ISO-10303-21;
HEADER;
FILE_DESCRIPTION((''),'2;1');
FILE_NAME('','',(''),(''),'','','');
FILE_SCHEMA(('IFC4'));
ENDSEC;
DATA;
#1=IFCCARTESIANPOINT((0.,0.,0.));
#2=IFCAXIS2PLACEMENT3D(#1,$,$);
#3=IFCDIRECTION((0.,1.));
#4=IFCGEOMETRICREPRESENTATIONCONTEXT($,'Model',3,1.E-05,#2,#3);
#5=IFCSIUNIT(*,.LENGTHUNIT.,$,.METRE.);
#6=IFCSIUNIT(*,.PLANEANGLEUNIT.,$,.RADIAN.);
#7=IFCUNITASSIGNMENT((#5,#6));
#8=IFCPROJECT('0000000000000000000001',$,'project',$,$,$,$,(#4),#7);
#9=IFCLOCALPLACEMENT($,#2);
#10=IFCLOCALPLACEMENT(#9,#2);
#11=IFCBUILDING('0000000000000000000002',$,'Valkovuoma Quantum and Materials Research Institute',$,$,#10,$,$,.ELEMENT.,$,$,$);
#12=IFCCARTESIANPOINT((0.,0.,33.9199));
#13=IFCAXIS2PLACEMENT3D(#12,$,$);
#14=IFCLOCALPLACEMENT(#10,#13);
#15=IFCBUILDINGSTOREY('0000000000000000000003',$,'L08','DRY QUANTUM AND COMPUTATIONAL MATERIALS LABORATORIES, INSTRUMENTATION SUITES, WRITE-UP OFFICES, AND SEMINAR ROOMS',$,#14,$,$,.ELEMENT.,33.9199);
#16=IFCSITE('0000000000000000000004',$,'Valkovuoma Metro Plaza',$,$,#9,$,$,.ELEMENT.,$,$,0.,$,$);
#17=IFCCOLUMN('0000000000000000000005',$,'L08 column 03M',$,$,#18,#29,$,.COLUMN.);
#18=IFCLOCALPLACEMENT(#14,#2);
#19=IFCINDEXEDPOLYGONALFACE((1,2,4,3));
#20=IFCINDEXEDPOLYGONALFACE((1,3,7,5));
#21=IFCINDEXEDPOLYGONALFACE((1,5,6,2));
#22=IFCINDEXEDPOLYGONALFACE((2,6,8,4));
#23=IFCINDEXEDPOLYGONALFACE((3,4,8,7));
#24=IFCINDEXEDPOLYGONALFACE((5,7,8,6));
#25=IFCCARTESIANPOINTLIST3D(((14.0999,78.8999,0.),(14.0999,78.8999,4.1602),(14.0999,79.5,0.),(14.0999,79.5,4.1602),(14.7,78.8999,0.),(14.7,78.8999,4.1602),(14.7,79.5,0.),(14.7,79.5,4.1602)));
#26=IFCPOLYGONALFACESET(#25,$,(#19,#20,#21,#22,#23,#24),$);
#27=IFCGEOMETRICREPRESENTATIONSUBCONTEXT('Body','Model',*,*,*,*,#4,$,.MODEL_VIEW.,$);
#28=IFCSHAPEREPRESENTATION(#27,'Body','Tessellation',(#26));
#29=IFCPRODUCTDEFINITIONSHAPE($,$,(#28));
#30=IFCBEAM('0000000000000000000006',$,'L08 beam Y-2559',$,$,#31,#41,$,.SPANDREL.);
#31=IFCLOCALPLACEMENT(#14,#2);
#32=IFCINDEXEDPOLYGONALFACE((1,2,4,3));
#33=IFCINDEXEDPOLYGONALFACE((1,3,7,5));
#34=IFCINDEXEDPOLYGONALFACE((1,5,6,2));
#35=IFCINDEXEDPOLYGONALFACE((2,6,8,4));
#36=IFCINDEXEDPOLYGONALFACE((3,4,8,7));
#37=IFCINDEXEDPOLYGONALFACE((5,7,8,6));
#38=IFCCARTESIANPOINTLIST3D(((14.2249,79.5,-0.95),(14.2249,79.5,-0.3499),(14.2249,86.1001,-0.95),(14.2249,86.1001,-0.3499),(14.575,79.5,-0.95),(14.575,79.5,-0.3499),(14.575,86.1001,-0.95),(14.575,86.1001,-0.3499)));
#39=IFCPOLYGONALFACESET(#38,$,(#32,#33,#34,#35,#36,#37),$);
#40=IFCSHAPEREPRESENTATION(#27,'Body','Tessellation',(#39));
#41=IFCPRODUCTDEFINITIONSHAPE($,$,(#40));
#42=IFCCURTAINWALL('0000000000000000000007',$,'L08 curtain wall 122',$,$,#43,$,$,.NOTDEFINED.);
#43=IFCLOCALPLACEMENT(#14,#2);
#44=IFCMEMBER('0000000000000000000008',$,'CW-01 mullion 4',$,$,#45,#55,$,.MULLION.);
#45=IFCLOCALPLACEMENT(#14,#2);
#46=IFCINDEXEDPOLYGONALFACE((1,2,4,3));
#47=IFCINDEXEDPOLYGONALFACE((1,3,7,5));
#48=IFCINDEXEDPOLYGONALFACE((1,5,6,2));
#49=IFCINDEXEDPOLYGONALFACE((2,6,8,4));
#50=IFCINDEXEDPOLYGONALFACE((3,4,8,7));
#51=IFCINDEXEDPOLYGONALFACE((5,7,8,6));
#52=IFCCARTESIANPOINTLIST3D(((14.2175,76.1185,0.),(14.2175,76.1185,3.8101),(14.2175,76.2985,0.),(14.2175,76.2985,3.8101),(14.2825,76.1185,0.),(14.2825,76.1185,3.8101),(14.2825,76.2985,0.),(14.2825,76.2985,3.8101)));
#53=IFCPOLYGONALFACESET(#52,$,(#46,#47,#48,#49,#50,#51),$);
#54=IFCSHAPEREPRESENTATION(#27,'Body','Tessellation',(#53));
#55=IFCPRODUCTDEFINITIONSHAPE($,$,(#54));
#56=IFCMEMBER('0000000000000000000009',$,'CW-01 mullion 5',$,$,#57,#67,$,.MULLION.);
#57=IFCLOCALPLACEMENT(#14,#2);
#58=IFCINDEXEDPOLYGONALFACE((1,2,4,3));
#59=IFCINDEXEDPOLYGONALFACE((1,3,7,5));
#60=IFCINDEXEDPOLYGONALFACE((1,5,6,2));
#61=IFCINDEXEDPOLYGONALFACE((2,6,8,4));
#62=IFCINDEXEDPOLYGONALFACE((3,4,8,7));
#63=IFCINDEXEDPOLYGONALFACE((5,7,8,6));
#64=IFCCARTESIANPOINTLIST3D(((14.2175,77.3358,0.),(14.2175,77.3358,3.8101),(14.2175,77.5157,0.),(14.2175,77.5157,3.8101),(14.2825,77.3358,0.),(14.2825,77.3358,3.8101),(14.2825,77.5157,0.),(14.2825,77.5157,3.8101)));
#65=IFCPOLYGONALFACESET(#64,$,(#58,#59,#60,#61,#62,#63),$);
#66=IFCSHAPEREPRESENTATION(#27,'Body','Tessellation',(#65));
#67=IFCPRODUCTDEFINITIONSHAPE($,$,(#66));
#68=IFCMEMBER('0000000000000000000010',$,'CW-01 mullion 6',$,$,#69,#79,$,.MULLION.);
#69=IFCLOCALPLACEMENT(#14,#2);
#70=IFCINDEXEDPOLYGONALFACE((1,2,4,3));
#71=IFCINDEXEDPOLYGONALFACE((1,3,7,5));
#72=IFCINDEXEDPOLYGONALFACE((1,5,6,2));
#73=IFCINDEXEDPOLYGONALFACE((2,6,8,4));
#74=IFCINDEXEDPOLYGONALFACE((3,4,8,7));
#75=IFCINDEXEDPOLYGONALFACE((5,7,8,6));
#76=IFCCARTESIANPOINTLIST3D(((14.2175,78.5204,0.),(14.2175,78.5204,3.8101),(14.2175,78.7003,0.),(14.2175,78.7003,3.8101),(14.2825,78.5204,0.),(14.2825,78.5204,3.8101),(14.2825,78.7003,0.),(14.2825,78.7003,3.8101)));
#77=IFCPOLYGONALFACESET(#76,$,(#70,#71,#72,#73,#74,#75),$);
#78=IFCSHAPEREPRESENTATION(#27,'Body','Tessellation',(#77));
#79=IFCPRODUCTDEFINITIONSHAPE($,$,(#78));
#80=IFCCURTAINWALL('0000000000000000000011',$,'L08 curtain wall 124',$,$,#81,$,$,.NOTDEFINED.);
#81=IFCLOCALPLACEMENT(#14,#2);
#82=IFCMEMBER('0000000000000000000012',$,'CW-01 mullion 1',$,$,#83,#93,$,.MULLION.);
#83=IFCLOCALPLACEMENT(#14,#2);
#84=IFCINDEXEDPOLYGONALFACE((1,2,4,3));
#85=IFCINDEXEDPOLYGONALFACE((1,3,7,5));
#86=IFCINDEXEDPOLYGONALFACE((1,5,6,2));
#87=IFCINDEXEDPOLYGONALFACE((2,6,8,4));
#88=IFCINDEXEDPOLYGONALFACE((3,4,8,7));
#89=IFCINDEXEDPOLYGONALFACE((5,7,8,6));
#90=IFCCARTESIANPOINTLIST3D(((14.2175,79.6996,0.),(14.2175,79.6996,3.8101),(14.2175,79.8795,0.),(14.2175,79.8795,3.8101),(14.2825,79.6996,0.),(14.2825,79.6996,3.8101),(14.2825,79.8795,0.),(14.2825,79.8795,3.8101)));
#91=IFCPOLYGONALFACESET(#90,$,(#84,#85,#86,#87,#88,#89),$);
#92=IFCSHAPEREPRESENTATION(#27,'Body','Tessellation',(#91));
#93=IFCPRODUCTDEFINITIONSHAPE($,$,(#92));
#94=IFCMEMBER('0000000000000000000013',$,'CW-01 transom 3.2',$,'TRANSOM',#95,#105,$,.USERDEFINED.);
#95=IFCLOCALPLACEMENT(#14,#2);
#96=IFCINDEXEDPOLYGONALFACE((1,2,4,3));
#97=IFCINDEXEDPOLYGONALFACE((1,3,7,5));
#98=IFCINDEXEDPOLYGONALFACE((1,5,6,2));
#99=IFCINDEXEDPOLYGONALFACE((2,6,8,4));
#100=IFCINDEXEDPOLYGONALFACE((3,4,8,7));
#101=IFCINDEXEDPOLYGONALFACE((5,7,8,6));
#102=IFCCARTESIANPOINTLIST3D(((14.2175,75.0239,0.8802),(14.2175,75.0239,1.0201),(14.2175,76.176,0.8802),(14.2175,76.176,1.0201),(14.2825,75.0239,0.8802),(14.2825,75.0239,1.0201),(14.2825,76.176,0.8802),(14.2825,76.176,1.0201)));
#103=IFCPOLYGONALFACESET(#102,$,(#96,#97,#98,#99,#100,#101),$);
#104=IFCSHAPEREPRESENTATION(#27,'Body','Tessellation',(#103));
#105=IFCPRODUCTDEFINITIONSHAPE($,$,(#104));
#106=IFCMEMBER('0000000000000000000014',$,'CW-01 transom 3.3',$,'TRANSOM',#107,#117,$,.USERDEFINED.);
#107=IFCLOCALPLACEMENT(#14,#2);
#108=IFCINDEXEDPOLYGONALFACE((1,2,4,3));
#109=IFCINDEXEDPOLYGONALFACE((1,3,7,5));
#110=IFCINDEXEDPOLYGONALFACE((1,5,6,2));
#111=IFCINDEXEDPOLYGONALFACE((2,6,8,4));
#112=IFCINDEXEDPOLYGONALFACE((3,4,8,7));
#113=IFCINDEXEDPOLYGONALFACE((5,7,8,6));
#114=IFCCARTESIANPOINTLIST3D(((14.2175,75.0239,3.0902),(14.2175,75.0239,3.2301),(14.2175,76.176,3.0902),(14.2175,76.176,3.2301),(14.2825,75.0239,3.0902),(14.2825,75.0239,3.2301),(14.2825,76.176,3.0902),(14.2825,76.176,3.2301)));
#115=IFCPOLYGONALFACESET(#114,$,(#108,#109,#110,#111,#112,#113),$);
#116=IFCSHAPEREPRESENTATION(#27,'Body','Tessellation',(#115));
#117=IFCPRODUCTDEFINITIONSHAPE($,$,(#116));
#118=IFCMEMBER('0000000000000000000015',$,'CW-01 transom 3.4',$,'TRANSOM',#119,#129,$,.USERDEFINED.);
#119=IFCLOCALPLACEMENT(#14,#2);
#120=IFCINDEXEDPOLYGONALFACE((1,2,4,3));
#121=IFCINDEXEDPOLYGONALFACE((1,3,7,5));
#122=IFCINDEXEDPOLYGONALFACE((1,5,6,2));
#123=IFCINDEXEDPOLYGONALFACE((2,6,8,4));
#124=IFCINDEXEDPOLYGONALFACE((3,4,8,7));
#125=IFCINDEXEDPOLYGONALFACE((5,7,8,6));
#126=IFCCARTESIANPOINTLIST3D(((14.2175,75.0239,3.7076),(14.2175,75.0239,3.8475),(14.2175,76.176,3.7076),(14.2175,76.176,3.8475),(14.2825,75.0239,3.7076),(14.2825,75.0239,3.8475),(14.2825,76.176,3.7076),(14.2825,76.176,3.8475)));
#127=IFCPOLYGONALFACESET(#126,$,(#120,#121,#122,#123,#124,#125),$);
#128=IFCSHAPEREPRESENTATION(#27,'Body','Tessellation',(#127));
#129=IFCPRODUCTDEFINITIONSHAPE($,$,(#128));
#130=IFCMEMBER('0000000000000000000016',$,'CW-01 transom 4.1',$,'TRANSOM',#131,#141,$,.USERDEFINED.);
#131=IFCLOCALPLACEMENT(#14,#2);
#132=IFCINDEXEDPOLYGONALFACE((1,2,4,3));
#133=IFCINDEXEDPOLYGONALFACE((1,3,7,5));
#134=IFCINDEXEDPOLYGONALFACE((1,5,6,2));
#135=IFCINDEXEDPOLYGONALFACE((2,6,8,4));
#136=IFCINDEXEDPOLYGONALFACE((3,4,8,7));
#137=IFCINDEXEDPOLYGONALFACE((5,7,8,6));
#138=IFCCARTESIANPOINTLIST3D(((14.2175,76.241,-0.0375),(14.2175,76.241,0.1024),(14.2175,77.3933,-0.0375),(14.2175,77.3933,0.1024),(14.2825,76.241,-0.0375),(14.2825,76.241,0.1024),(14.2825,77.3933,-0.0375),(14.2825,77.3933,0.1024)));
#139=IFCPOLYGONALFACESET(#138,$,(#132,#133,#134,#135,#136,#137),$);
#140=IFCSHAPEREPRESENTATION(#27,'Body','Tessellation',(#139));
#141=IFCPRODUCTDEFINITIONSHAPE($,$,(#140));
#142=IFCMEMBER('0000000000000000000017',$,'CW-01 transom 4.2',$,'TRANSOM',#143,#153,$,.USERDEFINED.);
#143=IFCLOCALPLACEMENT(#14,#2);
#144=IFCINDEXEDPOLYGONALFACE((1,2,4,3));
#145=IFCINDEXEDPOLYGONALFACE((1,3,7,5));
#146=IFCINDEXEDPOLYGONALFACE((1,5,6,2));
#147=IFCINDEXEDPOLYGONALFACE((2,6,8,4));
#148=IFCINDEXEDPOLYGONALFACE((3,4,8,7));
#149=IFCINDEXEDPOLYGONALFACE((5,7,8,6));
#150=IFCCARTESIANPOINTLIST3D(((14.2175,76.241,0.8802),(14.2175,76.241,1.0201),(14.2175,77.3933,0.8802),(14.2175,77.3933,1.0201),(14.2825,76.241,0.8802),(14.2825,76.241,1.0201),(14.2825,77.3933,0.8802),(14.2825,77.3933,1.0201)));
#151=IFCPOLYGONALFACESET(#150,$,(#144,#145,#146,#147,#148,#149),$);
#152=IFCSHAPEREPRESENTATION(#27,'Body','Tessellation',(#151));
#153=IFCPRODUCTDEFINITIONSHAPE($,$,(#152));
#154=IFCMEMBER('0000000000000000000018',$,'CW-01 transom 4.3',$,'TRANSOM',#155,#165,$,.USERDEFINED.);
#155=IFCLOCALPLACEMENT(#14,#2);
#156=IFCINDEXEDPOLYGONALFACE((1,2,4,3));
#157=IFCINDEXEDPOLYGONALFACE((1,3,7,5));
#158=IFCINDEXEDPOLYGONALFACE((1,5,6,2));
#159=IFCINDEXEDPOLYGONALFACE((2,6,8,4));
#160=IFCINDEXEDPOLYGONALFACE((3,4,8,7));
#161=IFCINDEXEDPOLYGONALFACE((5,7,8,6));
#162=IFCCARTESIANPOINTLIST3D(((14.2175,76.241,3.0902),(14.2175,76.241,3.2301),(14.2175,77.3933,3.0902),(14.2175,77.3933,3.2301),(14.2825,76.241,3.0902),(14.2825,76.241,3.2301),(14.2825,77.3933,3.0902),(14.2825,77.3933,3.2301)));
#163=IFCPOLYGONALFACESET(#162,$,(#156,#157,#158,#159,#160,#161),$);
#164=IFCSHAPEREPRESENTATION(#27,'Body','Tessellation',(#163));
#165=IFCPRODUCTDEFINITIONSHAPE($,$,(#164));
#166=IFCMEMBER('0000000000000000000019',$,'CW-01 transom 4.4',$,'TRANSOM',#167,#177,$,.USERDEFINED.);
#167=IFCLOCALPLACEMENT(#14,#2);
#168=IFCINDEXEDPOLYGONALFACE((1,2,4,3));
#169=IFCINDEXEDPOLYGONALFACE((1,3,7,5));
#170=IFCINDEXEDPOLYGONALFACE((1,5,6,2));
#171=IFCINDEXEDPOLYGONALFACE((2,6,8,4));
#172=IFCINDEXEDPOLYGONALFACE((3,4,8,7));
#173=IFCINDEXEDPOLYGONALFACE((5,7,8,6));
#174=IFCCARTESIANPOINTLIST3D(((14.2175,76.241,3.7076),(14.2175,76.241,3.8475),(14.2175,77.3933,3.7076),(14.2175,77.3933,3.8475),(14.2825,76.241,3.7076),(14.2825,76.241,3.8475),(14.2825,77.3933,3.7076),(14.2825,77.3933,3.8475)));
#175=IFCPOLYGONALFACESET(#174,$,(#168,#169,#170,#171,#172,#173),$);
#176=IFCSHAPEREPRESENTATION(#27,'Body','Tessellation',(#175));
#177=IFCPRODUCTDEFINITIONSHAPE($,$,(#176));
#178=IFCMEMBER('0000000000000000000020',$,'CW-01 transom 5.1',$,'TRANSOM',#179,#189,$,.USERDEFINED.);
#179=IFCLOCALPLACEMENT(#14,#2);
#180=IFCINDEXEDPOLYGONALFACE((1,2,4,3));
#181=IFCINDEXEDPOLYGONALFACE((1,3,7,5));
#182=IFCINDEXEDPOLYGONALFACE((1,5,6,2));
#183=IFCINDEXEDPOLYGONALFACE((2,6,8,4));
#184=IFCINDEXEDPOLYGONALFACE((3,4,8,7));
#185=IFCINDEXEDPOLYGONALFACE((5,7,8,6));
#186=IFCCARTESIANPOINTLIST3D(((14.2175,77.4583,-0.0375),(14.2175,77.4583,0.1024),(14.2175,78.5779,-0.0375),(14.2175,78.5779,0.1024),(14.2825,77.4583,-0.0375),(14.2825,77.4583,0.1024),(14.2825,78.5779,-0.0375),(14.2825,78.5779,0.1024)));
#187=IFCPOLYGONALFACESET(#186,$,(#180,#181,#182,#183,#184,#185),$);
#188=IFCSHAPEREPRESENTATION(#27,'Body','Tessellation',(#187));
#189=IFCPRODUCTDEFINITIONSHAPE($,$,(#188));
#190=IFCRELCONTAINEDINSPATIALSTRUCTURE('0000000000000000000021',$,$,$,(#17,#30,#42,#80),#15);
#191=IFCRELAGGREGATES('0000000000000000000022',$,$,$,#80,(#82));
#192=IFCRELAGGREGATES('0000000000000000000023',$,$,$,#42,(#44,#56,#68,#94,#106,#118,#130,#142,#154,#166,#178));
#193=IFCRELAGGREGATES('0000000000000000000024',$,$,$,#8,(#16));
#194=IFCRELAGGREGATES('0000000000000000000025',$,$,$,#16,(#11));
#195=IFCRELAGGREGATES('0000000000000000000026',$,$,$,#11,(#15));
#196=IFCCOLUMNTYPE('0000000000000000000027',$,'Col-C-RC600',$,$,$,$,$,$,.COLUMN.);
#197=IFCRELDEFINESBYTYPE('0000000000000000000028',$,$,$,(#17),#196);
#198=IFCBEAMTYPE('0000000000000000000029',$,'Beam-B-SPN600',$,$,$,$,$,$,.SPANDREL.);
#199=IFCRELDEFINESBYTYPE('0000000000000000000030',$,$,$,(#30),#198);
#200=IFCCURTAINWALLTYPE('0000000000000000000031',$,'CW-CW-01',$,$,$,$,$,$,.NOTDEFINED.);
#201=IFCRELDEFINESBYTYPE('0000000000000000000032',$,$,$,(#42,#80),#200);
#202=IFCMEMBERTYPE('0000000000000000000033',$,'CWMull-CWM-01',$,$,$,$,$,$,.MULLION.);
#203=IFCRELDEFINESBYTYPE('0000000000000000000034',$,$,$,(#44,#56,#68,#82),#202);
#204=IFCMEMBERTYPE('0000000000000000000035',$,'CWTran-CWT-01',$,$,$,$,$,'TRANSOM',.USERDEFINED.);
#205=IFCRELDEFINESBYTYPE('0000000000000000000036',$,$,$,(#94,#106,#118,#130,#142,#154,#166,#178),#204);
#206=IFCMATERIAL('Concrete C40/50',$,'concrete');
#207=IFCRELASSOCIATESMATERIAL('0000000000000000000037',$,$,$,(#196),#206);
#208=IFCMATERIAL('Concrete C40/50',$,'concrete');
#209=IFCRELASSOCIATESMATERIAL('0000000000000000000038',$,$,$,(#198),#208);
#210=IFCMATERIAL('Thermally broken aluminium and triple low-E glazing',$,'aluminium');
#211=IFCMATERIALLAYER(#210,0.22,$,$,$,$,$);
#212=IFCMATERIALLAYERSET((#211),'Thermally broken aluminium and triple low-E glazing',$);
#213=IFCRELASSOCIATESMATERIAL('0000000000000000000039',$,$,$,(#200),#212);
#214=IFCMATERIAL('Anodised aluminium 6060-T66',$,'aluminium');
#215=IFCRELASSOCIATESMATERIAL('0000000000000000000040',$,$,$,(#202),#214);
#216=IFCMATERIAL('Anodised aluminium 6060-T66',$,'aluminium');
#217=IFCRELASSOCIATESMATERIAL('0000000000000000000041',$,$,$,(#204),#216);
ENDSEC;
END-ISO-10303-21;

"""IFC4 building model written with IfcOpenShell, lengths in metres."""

from ifc_helpers import new_model, si_unit, direction, frame, origin, origin_2d, place, context, subcontext, project, spatial, rectangle, extrude, material, layer, layer_set, material_profile, profile_set, type_object, element, aggregate, save


model = new_model("IFC4")

# Units and contexts
model_context = context("Model", 3, precision=1e-05, world=origin(), true_north=direction((0.0, 1.0)))
body_context = subcontext(model_context, "Body", "Model", "MODEL_VIEW")
ifc_project = project(units=[si_unit("LENGTHUNIT", "METRE"), si_unit("PLANEANGLEUNIT", "RADIAN")], contexts=[model_context])

# Site, building, storey
site_placement = place(None, origin())
site = spatial("IfcSite", under=ifc_project, at=site_placement, Name="Valkovuoma Metro Plaza", CompositionType="ELEMENT", RefElevation=0.0)
building_placement = place(site_placement, origin())
building = spatial("IfcBuilding", under=site, at=building_placement, Name="Valkovuoma Quantum and Materials Research Institute", CompositionType="ELEMENT")
storey_placement = place(building_placement, frame((0.0, 0.0, 33.9199)))
storey = spatial("IfcBuildingStorey", under=building, at=storey_placement, Name="L08", Description="DRY QUANTUM AND COMPUTATIONAL MATERIALS LABORATORIES, INSTRUMENTATION SUITES, WRITE-UP OFFICES, AND SEMINAR ROOMS", CompositionType="ELEMENT", Elevation=33.9199)

# Column
ifc_material_1 = material(Name="Concrete C40/50", Category="concrete")
ifc_material_profile_1 = material_profile(ifc_material_1, rectangle(XDim=0.6001, YDim=0.6001, at=origin_2d()), Name="Concrete C40/50")
ifc_profile_set_1 = profile_set([ifc_material_profile_1], Name="Concrete C40/50")
column_type = type_object("IfcColumnType", Name="Col-C-RC600", PredefinedType="COLUMN", material=ifc_profile_set_1)
column_placement = place(storey_placement, frame((14.3999, 79.2, 0.0), z_axis=(0.0, 0.0, 1.0), x_axis=(1.0, 0.0, 0.0)))
element("IfcColumn", 1, at=column_placement, inside=storey, type_object=column_type, Name="L08 column 03M", PredefinedType="COLUMN", context=body_context, shape_type="SweptSolid", body=[
    extrude(rectangle(XDim=0.6001, YDim=0.6001, at=origin_2d()), origin(), (0.0, 0.0, 1.0), 4.1602),
])

# Beam
ifc_material_2 = material(Name="Concrete C40/50", Category="concrete")
ifc_material_profile_2 = material_profile(ifc_material_2, rectangle(XDim=0.3501, YDim=0.6001, at=origin_2d()), Name="Concrete C40/50")
ifc_profile_set_2 = profile_set([ifc_material_profile_2], Name="Concrete C40/50")
beam_type = type_object("IfcBeamType", Name="Beam-B-SPN600", PredefinedType="SPANDREL", material=ifc_profile_set_2)
beam_placement = place(storey_placement, frame((14.3999, 79.5, -0.6499), z_axis=(0.0, 1.0, 0.0), x_axis=(-1.0, 0.0, 0.0)))
element("IfcBeam", 2, at=beam_placement, inside=storey, type_object=beam_type, Name="L08 beam Y-2559", PredefinedType="SPANDREL", context=body_context, shape_type="SweptSolid", body=[
    extrude(rectangle(XDim=0.3501, YDim=0.6001, at=origin_2d()), origin(), (0.0, 0.0, 1.0), 6.6001),
])

# Curtain wall, members
ifc_material_3 = material(Name="Thermally broken aluminium and triple low-E glazing", Category="aluminium")
ifc_layer_1 = layer(ifc_material_3, 0.22)
ifc_layer_set_1 = layer_set([ifc_layer_1], Name="Thermally broken aluminium and triple low-E glazing")
curtain_wall_type = type_object("IfcCurtainWallType", Name="CW-CW-01", PredefinedType="NOTDEFINED", material=ifc_layer_set_1)
curtain_wall_1_placement = place(storey_placement, origin())
curtain_wall_1 = element("IfcCurtainWall", 3, at=curtain_wall_1_placement, inside=storey, type_object=curtain_wall_type, Name="L08 curtain wall 122", PredefinedType="NOTDEFINED")
ifc_material_4 = material(Name="Anodised aluminium 6060-T66", Category="aluminium")
ifc_material_profile_3 = material_profile(ifc_material_4, rectangle(XDim=0.0649, YDim=0.1799, at=origin_2d()), Name="Anodised aluminium 6060-T66")
ifc_profile_set_3 = profile_set([ifc_material_profile_3], Name="Anodised aluminium 6060-T66")
member_type_1 = type_object("IfcMemberType", Name="CWMull-CWM-01", PredefinedType="MULLION", material=ifc_profile_set_3)
member_1_placement = place(storey_placement, frame((14.25, 76.2085, 0.0), z_axis=(0.0, 0.0, 1.0), x_axis=(-1.0, 0.0, 0.0)))
member_1 = element("IfcMember", 4, at=member_1_placement, type_object=member_type_1, Name="CW-01 mullion 4", PredefinedType="MULLION", context=body_context, shape_type="SweptSolid", body=[
    extrude(rectangle(XDim=0.0649, YDim=0.1799, at=origin_2d()), origin(), (0.0, 0.0, 1.0), 3.8101),
])
member_2_placement = place(storey_placement, frame((14.25, 77.4258, 0.0), z_axis=(0.0, 0.0, 1.0), x_axis=(-1.0, 0.0, 0.0)))
member_2 = element("IfcMember", 5, at=member_2_placement, type_object=member_type_1, Name="CW-01 mullion 5", PredefinedType="MULLION", context=body_context, shape_type="SweptSolid", body=[
    extrude(rectangle(XDim=0.0649, YDim=0.1799, at=origin_2d()), origin(), (0.0, 0.0, 1.0), 3.8101),
])
member_3_placement = place(storey_placement, frame((14.25, 78.6104, 0.0), z_axis=(0.0, 0.0, 1.0), x_axis=(-1.0, 0.0, 0.0)))
member_3 = element("IfcMember", 6, at=member_3_placement, type_object=member_type_1, Name="CW-01 mullion 6", PredefinedType="MULLION", context=body_context, shape_type="SweptSolid", body=[
    extrude(rectangle(XDim=0.0649, YDim=0.1799, at=origin_2d()), origin(), (0.0, 0.0, 1.0), 3.8101),
])

# Curtain wall, member
curtain_wall_2_placement = place(storey_placement, origin())
curtain_wall_2 = element("IfcCurtainWall", 7, at=curtain_wall_2_placement, inside=storey, type_object=curtain_wall_type, Name="L08 curtain wall 124", PredefinedType="NOTDEFINED")
member_4_placement = place(storey_placement, frame((14.25, 79.7896, 0.0), z_axis=(0.0, 0.0, 1.0), x_axis=(-1.0, 0.0, 0.0)))
member_4 = element("IfcMember", 8, at=member_4_placement, type_object=member_type_1, Name="CW-01 mullion 1", PredefinedType="MULLION", context=body_context, shape_type="SweptSolid", body=[
    extrude(rectangle(XDim=0.0649, YDim=0.1799, at=origin_2d()), origin(), (0.0, 0.0, 1.0), 3.8101),
])
aggregate(curtain_wall_2, [member_4])

# Members
ifc_material_5 = material(Name="Anodised aluminium 6060-T66", Category="aluminium")
ifc_material_profile_4 = material_profile(ifc_material_5, rectangle(XDim=0.0649, YDim=0.1399, at=origin_2d()), Name="Anodised aluminium 6060-T66")
ifc_profile_set_4 = profile_set([ifc_material_profile_4], Name="Anodised aluminium 6060-T66")
member_type_2 = type_object("IfcMemberType", Name="CWTran-CWT-01", ElementType="TRANSOM", PredefinedType="USERDEFINED", material=ifc_profile_set_4)
member_5_placement = place(storey_placement, frame((14.25, 75.0239, 0.9502), z_axis=(0.0, 1.0, 0.0), x_axis=(-1.0, 0.0, 0.0)))
member_5 = element("IfcMember", 9, at=member_5_placement, type_object=member_type_2, Name="CW-01 transom 3.2", ObjectType="TRANSOM", PredefinedType="USERDEFINED", context=body_context, shape_type="SweptSolid", body=[
    extrude(rectangle(XDim=0.0649, YDim=0.1399, at=origin_2d()), origin(), (0.0, 0.0, 1.0), 1.1521),
])
member_6_placement = place(storey_placement, frame((14.25, 75.0239, 3.1602), z_axis=(0.0, 1.0, 0.0), x_axis=(-1.0, 0.0, 0.0)))
member_6 = element("IfcMember", 10, at=member_6_placement, type_object=member_type_2, Name="CW-01 transom 3.3", ObjectType="TRANSOM", PredefinedType="USERDEFINED", context=body_context, shape_type="SweptSolid", body=[
    extrude(rectangle(XDim=0.0649, YDim=0.1399, at=origin_2d()), origin(), (0.0, 0.0, 1.0), 1.1521),
])
member_7_placement = place(storey_placement, frame((14.25, 75.0239, 3.7776), z_axis=(0.0, 1.0, 0.0), x_axis=(-1.0, 0.0, 0.0)))
member_7 = element("IfcMember", 11, at=member_7_placement, type_object=member_type_2, Name="CW-01 transom 3.4", ObjectType="TRANSOM", PredefinedType="USERDEFINED", context=body_context, shape_type="SweptSolid", body=[
    extrude(rectangle(XDim=0.0649, YDim=0.1399, at=origin_2d()), origin(), (0.0, 0.0, 1.0), 1.1521),
])
member_8_placement = place(storey_placement, frame((14.25, 76.241, 0.0325), z_axis=(0.0, 1.0, 0.0), x_axis=(-1.0, 0.0, 0.0)))
member_8 = element("IfcMember", 12, at=member_8_placement, type_object=member_type_2, Name="CW-01 transom 4.1", ObjectType="TRANSOM", PredefinedType="USERDEFINED", context=body_context, shape_type="SweptSolid", body=[
    extrude(rectangle(XDim=0.0649, YDim=0.1399, at=origin_2d()), origin(), (0.0, 0.0, 1.0), 1.1523),
])
member_9_placement = place(storey_placement, frame((14.25, 76.241, 0.9502), z_axis=(0.0, 1.0, 0.0), x_axis=(-1.0, 0.0, 0.0)))
member_9 = element("IfcMember", 13, at=member_9_placement, type_object=member_type_2, Name="CW-01 transom 4.2", ObjectType="TRANSOM", PredefinedType="USERDEFINED", context=body_context, shape_type="SweptSolid", body=[
    extrude(rectangle(XDim=0.0649, YDim=0.1399, at=origin_2d()), origin(), (0.0, 0.0, 1.0), 1.1523),
])
member_10_placement = place(storey_placement, frame((14.25, 76.241, 3.1602), z_axis=(0.0, 1.0, 0.0), x_axis=(-1.0, 0.0, 0.0)))
member_10 = element("IfcMember", 14, at=member_10_placement, type_object=member_type_2, Name="CW-01 transom 4.3", ObjectType="TRANSOM", PredefinedType="USERDEFINED", context=body_context, shape_type="SweptSolid", body=[
    extrude(rectangle(XDim=0.0649, YDim=0.1399, at=origin_2d()), origin(), (0.0, 0.0, 1.0), 1.1523),
])
member_11_placement = place(storey_placement, frame((14.25, 76.241, 3.7776), z_axis=(0.0, 1.0, 0.0), x_axis=(-1.0, 0.0, 0.0)))
member_11 = element("IfcMember", 15, at=member_11_placement, type_object=member_type_2, Name="CW-01 transom 4.4", ObjectType="TRANSOM", PredefinedType="USERDEFINED", context=body_context, shape_type="SweptSolid", body=[
    extrude(rectangle(XDim=0.0649, YDim=0.1399, at=origin_2d()), origin(), (0.0, 0.0, 1.0), 1.1523),
])
member_12_placement = place(storey_placement, frame((14.25, 77.4583, 0.0325), z_axis=(0.0, 1.0, 0.0), x_axis=(-1.0, 0.0, 0.0)))
member_12 = element("IfcMember", 16, at=member_12_placement, type_object=member_type_2, Name="CW-01 transom 5.1", ObjectType="TRANSOM", PredefinedType="USERDEFINED", context=body_context, shape_type="SweptSolid", body=[
    extrude(rectangle(XDim=0.0649, YDim=0.1399, at=origin_2d()), origin(), (0.0, 0.0, 1.0), 1.1196),
])

aggregate(curtain_wall_1, [member_1, member_2, member_3, member_5, member_6, member_7, member_8, member_9, member_10, member_11, member_12])

save(model, "model.ifc")
